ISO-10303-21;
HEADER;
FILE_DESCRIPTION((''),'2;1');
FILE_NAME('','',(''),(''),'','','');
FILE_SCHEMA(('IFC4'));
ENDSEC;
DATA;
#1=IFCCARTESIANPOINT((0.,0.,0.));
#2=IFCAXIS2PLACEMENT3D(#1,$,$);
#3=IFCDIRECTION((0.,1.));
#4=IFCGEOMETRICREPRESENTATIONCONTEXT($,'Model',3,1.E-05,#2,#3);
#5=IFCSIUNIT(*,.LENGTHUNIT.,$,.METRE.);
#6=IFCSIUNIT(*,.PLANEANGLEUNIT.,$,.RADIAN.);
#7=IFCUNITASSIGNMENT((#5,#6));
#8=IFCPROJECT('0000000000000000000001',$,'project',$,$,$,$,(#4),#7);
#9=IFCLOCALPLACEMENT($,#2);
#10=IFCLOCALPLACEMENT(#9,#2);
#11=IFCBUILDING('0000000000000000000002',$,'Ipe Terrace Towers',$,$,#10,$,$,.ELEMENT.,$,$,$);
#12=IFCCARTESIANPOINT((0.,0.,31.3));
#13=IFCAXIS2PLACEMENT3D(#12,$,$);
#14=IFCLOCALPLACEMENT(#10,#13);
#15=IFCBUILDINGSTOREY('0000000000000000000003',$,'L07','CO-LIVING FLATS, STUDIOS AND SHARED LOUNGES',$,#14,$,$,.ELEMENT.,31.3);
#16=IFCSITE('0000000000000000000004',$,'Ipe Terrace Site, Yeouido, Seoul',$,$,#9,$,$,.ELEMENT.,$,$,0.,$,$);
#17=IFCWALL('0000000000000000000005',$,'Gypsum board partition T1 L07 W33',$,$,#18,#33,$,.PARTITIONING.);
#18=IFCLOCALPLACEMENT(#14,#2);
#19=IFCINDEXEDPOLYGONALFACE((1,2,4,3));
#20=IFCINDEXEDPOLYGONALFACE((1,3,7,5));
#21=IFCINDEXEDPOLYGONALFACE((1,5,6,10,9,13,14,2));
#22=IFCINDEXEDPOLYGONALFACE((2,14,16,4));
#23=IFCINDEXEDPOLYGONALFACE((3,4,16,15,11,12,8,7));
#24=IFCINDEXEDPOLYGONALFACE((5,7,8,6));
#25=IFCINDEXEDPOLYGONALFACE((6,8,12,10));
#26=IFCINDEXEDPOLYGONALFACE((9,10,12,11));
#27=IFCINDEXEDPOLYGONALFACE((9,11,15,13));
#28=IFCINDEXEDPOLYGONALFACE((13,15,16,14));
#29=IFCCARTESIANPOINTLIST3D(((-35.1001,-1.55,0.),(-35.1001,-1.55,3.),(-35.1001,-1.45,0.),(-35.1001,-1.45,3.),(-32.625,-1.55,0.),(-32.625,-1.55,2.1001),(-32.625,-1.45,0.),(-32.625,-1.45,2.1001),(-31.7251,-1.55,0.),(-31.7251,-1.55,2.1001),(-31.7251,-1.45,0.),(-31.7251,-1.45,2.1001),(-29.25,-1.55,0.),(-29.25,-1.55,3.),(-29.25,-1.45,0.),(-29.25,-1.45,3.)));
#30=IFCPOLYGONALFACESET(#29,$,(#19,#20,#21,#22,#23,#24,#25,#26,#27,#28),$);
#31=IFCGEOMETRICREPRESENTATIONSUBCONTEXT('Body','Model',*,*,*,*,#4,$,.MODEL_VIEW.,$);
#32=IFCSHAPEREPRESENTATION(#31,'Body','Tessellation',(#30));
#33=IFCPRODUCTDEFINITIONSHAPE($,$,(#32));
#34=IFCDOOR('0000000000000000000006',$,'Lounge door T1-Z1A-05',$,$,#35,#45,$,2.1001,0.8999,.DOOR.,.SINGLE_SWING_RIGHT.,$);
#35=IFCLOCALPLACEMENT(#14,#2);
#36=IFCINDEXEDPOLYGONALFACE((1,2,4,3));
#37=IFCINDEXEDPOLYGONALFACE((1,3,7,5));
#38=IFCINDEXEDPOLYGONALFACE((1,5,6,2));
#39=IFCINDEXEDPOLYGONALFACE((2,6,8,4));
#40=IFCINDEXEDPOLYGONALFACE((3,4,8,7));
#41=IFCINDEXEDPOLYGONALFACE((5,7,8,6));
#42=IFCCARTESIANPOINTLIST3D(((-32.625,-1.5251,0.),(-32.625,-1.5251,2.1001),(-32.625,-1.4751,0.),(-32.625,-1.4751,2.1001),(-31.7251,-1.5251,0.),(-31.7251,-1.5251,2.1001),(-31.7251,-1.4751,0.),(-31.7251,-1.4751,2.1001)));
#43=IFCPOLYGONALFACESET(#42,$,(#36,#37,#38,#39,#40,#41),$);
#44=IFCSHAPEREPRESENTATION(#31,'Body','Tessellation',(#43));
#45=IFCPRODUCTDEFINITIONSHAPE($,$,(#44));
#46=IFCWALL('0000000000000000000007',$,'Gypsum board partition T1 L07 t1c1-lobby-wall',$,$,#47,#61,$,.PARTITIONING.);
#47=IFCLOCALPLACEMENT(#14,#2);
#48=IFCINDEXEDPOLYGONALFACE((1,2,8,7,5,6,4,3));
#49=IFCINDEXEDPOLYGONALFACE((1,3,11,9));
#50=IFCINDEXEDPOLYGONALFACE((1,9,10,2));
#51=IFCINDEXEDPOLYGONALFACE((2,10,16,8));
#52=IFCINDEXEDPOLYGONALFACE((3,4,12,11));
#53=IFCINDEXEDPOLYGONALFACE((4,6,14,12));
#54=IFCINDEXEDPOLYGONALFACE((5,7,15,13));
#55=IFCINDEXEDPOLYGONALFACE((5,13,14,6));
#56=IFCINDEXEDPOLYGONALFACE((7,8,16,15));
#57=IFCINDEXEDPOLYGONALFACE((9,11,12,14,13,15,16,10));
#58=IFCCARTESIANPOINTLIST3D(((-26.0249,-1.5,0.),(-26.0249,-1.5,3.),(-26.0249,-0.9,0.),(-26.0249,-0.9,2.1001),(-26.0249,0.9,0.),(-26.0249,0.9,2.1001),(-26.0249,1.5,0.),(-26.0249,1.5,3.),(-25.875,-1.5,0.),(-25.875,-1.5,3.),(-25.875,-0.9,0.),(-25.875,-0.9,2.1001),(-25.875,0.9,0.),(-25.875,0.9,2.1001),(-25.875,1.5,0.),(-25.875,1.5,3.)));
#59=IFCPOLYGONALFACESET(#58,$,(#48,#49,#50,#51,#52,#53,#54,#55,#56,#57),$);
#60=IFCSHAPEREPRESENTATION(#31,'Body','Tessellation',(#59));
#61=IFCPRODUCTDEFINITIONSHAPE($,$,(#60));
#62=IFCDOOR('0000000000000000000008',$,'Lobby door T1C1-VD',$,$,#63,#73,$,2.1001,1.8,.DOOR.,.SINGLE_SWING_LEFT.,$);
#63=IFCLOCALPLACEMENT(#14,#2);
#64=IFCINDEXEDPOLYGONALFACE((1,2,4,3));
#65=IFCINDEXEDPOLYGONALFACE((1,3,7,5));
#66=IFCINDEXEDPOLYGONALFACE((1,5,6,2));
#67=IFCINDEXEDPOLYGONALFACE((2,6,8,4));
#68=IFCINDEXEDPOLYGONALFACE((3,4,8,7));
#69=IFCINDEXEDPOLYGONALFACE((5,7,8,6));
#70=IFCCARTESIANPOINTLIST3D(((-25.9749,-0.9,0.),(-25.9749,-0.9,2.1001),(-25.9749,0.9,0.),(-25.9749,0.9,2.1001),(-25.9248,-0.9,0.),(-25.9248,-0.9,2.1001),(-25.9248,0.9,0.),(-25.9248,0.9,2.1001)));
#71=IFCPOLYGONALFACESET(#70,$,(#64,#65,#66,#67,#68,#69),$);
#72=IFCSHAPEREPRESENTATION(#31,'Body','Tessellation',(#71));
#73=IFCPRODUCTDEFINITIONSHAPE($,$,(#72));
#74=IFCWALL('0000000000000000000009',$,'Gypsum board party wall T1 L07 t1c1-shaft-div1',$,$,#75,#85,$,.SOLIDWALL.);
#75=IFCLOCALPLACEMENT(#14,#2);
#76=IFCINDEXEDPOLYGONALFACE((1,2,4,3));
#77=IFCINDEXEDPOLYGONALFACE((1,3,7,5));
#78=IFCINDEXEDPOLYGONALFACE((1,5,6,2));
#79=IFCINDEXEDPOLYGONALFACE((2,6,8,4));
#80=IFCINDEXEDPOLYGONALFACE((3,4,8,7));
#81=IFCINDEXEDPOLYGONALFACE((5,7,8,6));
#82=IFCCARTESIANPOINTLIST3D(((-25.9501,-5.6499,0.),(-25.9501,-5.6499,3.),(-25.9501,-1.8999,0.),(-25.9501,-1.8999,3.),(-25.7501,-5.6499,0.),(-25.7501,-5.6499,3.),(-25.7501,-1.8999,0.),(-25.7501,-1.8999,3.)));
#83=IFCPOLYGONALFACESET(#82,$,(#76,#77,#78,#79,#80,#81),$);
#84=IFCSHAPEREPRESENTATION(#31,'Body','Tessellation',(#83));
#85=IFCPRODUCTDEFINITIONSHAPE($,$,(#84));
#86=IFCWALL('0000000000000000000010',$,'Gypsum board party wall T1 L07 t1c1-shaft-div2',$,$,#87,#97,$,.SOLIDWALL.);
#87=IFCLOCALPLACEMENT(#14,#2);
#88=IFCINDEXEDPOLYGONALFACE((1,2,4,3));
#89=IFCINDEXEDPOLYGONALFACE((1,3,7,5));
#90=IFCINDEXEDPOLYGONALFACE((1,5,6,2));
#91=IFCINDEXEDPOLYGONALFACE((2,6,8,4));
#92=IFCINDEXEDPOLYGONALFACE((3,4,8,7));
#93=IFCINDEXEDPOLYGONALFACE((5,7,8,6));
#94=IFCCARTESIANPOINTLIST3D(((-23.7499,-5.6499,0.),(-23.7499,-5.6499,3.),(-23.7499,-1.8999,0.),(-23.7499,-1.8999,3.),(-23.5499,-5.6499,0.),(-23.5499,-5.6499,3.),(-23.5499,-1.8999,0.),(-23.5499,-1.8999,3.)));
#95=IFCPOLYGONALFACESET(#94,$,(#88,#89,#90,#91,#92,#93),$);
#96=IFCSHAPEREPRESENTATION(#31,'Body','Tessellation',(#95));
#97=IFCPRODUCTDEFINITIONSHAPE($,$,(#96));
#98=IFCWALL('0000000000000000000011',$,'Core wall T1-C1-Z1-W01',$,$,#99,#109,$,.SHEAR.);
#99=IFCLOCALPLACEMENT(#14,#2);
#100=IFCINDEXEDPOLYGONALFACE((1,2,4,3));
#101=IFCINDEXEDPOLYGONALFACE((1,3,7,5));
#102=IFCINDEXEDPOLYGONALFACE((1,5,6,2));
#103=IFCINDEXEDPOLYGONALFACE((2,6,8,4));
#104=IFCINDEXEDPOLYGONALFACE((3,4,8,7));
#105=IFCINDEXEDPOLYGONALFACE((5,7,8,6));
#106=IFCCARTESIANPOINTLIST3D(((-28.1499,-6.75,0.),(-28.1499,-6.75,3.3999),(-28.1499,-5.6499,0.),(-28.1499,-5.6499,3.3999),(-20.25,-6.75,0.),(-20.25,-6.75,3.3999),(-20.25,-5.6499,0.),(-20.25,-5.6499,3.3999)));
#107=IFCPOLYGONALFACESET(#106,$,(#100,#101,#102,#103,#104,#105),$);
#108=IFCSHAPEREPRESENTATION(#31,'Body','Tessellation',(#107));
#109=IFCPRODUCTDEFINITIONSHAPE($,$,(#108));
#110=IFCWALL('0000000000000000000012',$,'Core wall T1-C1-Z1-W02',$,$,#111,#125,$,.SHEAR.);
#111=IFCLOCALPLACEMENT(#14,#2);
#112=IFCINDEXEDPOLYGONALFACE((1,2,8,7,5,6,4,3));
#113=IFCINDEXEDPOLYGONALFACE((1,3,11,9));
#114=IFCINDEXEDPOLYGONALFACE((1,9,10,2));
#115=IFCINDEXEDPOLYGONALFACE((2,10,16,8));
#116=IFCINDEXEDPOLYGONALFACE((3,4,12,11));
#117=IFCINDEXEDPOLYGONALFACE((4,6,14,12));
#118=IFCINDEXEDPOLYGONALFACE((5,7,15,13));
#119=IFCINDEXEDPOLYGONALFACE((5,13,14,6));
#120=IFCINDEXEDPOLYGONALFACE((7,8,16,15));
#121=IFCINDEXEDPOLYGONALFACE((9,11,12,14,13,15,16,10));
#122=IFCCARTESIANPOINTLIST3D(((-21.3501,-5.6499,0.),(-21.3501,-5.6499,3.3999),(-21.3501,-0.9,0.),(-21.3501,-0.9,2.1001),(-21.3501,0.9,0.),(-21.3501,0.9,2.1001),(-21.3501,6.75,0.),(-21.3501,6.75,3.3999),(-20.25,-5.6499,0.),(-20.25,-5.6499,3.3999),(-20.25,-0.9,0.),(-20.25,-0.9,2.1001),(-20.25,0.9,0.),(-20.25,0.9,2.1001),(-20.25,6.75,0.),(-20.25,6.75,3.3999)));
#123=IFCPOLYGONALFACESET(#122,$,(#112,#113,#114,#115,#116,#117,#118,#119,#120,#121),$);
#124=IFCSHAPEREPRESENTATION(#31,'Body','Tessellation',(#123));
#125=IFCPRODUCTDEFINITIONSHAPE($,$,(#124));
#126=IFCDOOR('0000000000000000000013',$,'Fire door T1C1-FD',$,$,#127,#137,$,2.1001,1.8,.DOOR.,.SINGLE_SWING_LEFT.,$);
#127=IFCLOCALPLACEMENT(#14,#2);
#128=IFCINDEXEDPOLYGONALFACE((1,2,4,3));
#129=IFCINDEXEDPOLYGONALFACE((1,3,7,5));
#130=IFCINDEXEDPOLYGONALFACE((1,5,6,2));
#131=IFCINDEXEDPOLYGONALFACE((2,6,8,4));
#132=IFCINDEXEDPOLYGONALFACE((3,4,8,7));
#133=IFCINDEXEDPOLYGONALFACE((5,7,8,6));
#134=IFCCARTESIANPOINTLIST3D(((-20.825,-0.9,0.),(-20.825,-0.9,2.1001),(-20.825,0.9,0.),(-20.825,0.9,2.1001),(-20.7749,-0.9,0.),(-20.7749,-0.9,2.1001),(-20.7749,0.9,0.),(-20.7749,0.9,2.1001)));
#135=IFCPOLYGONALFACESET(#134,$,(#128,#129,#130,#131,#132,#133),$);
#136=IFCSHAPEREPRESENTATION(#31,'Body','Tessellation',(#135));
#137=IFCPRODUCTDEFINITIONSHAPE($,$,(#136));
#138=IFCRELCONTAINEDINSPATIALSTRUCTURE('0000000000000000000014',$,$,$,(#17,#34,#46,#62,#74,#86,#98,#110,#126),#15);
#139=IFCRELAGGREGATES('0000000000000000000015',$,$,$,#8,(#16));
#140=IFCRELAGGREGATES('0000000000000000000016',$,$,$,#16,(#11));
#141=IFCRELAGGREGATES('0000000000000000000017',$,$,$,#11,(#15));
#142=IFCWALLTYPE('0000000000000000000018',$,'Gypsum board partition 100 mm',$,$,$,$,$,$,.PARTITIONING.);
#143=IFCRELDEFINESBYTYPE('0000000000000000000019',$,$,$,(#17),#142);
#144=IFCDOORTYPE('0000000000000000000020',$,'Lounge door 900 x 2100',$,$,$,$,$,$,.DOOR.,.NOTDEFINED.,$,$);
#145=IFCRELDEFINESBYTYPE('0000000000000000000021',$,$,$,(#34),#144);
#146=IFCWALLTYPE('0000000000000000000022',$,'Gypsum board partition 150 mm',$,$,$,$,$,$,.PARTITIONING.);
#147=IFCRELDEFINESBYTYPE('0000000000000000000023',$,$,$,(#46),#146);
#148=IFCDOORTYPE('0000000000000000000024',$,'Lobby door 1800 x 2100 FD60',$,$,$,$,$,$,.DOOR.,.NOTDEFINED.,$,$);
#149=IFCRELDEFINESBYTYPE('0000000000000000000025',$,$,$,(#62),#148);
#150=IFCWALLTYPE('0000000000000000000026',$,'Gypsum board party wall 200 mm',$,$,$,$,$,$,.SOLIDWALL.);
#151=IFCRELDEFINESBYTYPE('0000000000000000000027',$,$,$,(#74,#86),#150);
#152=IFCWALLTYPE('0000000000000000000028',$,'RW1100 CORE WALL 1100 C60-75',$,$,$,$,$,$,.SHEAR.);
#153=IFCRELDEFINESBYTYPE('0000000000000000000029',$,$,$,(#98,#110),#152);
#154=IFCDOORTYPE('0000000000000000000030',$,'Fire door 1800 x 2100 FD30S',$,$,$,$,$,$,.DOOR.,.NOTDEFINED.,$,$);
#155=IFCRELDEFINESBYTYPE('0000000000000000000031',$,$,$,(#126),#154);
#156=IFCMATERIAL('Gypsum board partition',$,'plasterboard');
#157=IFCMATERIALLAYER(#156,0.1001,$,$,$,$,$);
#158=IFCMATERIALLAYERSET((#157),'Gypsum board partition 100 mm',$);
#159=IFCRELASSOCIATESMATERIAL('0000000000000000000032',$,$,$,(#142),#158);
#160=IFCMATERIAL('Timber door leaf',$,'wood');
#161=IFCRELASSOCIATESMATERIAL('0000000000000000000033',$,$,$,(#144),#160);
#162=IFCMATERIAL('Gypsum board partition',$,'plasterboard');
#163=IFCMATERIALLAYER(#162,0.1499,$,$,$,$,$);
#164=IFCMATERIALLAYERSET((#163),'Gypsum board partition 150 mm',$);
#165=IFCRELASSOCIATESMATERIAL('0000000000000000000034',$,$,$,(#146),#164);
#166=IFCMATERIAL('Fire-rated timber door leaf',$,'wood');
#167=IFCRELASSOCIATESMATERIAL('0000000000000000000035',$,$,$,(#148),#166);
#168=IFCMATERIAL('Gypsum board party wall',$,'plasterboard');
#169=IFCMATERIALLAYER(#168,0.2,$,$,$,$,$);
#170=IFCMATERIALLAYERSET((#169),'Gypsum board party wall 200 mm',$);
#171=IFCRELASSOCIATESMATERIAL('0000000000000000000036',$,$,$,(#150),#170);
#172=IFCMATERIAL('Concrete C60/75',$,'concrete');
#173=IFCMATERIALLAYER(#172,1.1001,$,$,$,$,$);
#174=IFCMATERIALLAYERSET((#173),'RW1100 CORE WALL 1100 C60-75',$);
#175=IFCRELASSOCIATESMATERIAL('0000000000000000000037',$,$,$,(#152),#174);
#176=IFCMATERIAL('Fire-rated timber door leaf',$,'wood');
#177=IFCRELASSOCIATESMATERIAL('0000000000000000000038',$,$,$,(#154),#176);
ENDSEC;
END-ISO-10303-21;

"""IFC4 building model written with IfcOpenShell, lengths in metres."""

from ifc_helpers import new_model, si_unit, direction, frame, frame_2d, origin, place, context, subcontext, project, spatial, rectangle, extrude, material, layer, layer_set, type_object, element, fill, save


model = new_model("IFC4")

# Units and contexts
model_context = context("Model", 3, precision=1e-05, world=origin(), true_north=direction((0.0, 1.0)))
body_context = subcontext(model_context, "Body", "Model", "MODEL_VIEW")
ifc_project = project(units=[si_unit("LENGTHUNIT", "METRE"), si_unit("PLANEANGLEUNIT", "RADIAN")], contexts=[model_context])

# Site, building, storey
site_placement = place(None, origin())
site = spatial("IfcSite", under=ifc_project, at=site_placement, Name="Ipe Terrace Site, Yeouido, Seoul", CompositionType="ELEMENT", RefElevation=0.0)
building_placement = place(site_placement, origin())
building = spatial("IfcBuilding", under=site, at=building_placement, Name="Ipe Terrace Towers", CompositionType="ELEMENT")
storey_placement = place(building_placement, frame((0.0, 0.0, 31.3)))
storey = spatial("IfcBuildingStorey", under=building, at=storey_placement, Name="L07", Description="CO-LIVING FLATS, STUDIOS AND SHARED LOUNGES", CompositionType="ELEMENT", Elevation=31.3)

# Shared definitions
ifc_material_1 = material(Name="Gypsum board partition", Category="plasterboard")
ifc_layer_1 = layer(ifc_material_1, 0.1001)
ifc_layer_set_1 = layer_set([ifc_layer_1], Name="Gypsum board partition 100 mm")
wall_type_1 = type_object("IfcWallType", Name="Gypsum board partition 100 mm", PredefinedType="PARTITIONING", material=ifc_layer_set_1)

# Walls, openings, doors
wall_1_placement = place(storey_placement, frame((-35.1001, -1.5, 0.0), z_axis=(0.0, 0.0, 1.0), x_axis=(1.0, 0.0, 0.0)))
wall_1 = element("IfcWall", 1, at=wall_1_placement, inside=storey, type_object=wall_type_1, Name="Gypsum board partition T1 L07 W33", PredefinedType="PARTITIONING", context=body_context, shape_type="SweptSolid", body=[
    extrude(rectangle(XDim=5.8501, YDim=0.1001, at=frame_2d((2.925, 0.0))), origin(), (0.0, 0.0, 1.0), 3.0),
])
opening_1_placement = place(wall_1_placement, frame((2.4751, 0.0, 0.0)))
opening_1 = element("IfcOpeningElement", 2, at=opening_1_placement, cuts=wall_1, PredefinedType="OPENING", context=body_context, shape_type="SweptSolid", body=[
    extrude(rectangle(XDim=0.8999, YDim=2.1001, at=frame_2d((0.45, 1.05))), frame((0.0, 0.0601, 0.0), z_axis=(0.0, -1.0, 0.0), x_axis=(1.0, 0.0, 0.0)), (0.0, 0.0, 1.0), 0.1201),
])
ifc_material_2 = material(Name="Timber door leaf", Category="wood")
door_type_1 = type_object("IfcDoorType", Name="Lounge door 900 x 2100", OperationType="NOTDEFINED", PredefinedType="DOOR", material=ifc_material_2)
door_1_placement = place(opening_1_placement, origin())
door_1 = element("IfcDoor", 3, at=door_1_placement, inside=storey, type_object=door_type_1, Name="Lounge door T1-Z1A-05", OperationType="SINGLE_SWING_RIGHT", OverallHeight=2.1001, OverallWidth=0.8999, PredefinedType="DOOR", context=body_context, shape_type="SweptSolid", body=[
    extrude(rectangle(XDim=0.8999, YDim=2.1001, at=frame_2d((0.45, 1.05))), frame((0.0, 0.0249, 0.0), z_axis=(0.0, -1.0, 0.0), x_axis=(1.0, 0.0, 0.0)), (0.0, 0.0, 1.0), 0.05),
])
fill(opening_1, door_1)
ifc_material_3 = material(Name="Gypsum board partition", Category="plasterboard")
ifc_layer_2 = layer(ifc_material_3, 0.1499)
ifc_layer_set_2 = layer_set([ifc_layer_2], Name="Gypsum board partition 150 mm")
wall_type_2 = type_object("IfcWallType", Name="Gypsum board partition 150 mm", PredefinedType="PARTITIONING", material=ifc_layer_set_2)
wall_2_placement = place(storey_placement, frame((-25.95, -1.5, 0.0), z_axis=(0.0, 0.0, 1.0), x_axis=(0.0, 1.0, 0.0)))
wall_2 = element("IfcWall", 4, at=wall_2_placement, inside=storey, type_object=wall_type_2, Name="Gypsum board partition T1 L07 t1c1-lobby-wall", PredefinedType="PARTITIONING", context=body_context, shape_type="SweptSolid", body=[
    extrude(rectangle(XDim=3.0, YDim=0.1499, at=frame_2d((1.5, 0.0))), origin(), (0.0, 0.0, 1.0), 3.0),
])
opening_2_placement = place(wall_2_placement, frame((0.6001, 0.0, 0.0)))
opening_2 = element("IfcOpeningElement", 5, at=opening_2_placement, cuts=wall_2, PredefinedType="OPENING", context=body_context, shape_type="SweptSolid", body=[
    extrude(rectangle(XDim=1.8, YDim=2.1001, at=frame_2d((0.8999, 1.05))), frame((0.0, 0.085, 0.0), z_axis=(0.0, -1.0, 0.0), x_axis=(1.0, 0.0, 0.0)), (0.0, 0.0, 1.0), 0.1699),
])
ifc_material_4 = material(Name="Fire-rated timber door leaf", Category="wood")
door_type_2 = type_object("IfcDoorType", Name="Lobby door 1800 x 2100 FD60", OperationType="NOTDEFINED", PredefinedType="DOOR", material=ifc_material_4)
door_2_placement = place(opening_2_placement, origin())
door_2 = element("IfcDoor", 6, at=door_2_placement, inside=storey, type_object=door_type_2, Name="Lobby door T1C1-VD", OperationType="SINGLE_SWING_LEFT", OverallHeight=2.1001, OverallWidth=1.8, PredefinedType="DOOR", context=body_context, shape_type="SweptSolid", body=[
    extrude(rectangle(XDim=1.8, YDim=2.1001, at=frame_2d((0.8999, 1.05))), frame((0.0, 0.0249, 0.0), z_axis=(0.0, -1.0, 0.0), x_axis=(1.0, 0.0, 0.0)), (0.0, 0.0, 1.0), 0.05),
])
fill(opening_2, door_2)

# Walls
ifc_material_5 = material(Name="Gypsum board party wall", Category="plasterboard")
ifc_layer_3 = layer(ifc_material_5, 0.2)
ifc_layer_set_3 = layer_set([ifc_layer_3], Name="Gypsum board party wall 200 mm")
wall_type_3 = type_object("IfcWallType", Name="Gypsum board party wall 200 mm", PredefinedType="SOLIDWALL", material=ifc_layer_set_3)
for number, where, z_axis, x_axis, name in (
    (7, (-25.8501, -5.6499, 0.0), (0.0, 0.0, 1.0), (0.0, 1.0, 0.0), "Gypsum board party wall T1 L07 t1c1-shaft-div1"),
    (8, (-23.6499, -5.6499, 0.0), (0.0, 0.0, 1.0), (0.0, 1.0, 0.0), "Gypsum board party wall T1 L07 t1c1-shaft-div2"),
):
    element("IfcWall", number, at=place(storey_placement, frame(where, z_axis=z_axis, x_axis=x_axis)), inside=storey, type_object=wall_type_3, Name=name, PredefinedType="SOLIDWALL", context=body_context, shape_type="SweptSolid", body=[
        extrude(rectangle(XDim=3.75, YDim=0.2, at=frame_2d((1.875, 0.0))), origin(), (0.0, 0.0, 1.0), 3.0),
    ])
ifc_material_6 = material(Name="Concrete C60/75", Category="concrete")
ifc_layer_4 = layer(ifc_material_6, 1.1001)
ifc_layer_set_4 = layer_set([ifc_layer_4], Name="RW1100 CORE WALL 1100 C60-75")
wall_type_4 = type_object("IfcWallType", Name="RW1100 CORE WALL 1100 C60-75", PredefinedType="SHEAR", material=ifc_layer_set_4)
wall_3_placement = place(storey_placement, frame((-28.1499, -6.2, 0.0), z_axis=(0.0, 0.0, 1.0), x_axis=(1.0, 0.0, 0.0)))
element("IfcWall", 9, at=wall_3_placement, inside=storey, type_object=wall_type_4, Name="Core wall T1-C1-Z1-W01", PredefinedType="SHEAR", context=body_context, shape_type="SweptSolid", body=[
    extrude(rectangle(XDim=7.8999, YDim=1.1001, at=frame_2d((3.95, 0.0))), origin(), (0.0, 0.0, 1.0), 3.3999),
])

# Wall, opening, door
wall_4_placement = place(storey_placement, frame((-20.8, -5.6499, 0.0), z_axis=(0.0, 0.0, 1.0), x_axis=(0.0, 1.0, 0.0)))
wall_4 = element("IfcWall", 10, at=wall_4_placement, inside=storey, type_object=wall_type_4, Name="Core wall T1-C1-Z1-W02", PredefinedType="SHEAR", context=body_context, shape_type="SweptSolid", body=[
    extrude(rectangle(XDim=12.3999, YDim=1.1001, at=frame_2d((6.2, 0.0))), origin(), (0.0, 0.0, 1.0), 3.3999),
])
opening_3_placement = place(wall_4_placement, frame((4.75, 0.0, 0.0)))
opening_3 = element("IfcOpeningElement", 11, at=opening_3_placement, cuts=wall_4, PredefinedType="OPENING", context=body_context, shape_type="SweptSolid", body=[
    extrude(rectangle(XDim=1.8, YDim=2.1001, at=frame_2d((0.8999, 1.05))), frame((0.0, 0.5601, 0.0), z_axis=(0.0, -1.0, 0.0), x_axis=(1.0, 0.0, 0.0)), (0.0, 0.0, 1.0), 1.1201),
])
ifc_material_7 = material(Name="Fire-rated timber door leaf", Category="wood")
door_type_3 = type_object("IfcDoorType", Name="Fire door 1800 x 2100 FD30S", OperationType="NOTDEFINED", PredefinedType="DOOR", material=ifc_material_7)
door_3_placement = place(opening_3_placement, origin())
door_3 = element("IfcDoor", 12, at=door_3_placement, inside=storey, type_object=door_type_3, Name="Fire door T1C1-FD", OperationType="SINGLE_SWING_LEFT", OverallHeight=2.1001, OverallWidth=1.8, PredefinedType="DOOR", context=body_context, shape_type="SweptSolid", body=[
    extrude(rectangle(XDim=1.8, YDim=2.1001, at=frame_2d((0.8999, 1.05))), frame((0.0, 0.0249, 0.0), z_axis=(0.0, -1.0, 0.0), x_axis=(1.0, 0.0, 0.0)), (0.0, 0.0, 1.0), 0.05),
])
fill(opening_3, door_3)

save(model, "model.ifc")
